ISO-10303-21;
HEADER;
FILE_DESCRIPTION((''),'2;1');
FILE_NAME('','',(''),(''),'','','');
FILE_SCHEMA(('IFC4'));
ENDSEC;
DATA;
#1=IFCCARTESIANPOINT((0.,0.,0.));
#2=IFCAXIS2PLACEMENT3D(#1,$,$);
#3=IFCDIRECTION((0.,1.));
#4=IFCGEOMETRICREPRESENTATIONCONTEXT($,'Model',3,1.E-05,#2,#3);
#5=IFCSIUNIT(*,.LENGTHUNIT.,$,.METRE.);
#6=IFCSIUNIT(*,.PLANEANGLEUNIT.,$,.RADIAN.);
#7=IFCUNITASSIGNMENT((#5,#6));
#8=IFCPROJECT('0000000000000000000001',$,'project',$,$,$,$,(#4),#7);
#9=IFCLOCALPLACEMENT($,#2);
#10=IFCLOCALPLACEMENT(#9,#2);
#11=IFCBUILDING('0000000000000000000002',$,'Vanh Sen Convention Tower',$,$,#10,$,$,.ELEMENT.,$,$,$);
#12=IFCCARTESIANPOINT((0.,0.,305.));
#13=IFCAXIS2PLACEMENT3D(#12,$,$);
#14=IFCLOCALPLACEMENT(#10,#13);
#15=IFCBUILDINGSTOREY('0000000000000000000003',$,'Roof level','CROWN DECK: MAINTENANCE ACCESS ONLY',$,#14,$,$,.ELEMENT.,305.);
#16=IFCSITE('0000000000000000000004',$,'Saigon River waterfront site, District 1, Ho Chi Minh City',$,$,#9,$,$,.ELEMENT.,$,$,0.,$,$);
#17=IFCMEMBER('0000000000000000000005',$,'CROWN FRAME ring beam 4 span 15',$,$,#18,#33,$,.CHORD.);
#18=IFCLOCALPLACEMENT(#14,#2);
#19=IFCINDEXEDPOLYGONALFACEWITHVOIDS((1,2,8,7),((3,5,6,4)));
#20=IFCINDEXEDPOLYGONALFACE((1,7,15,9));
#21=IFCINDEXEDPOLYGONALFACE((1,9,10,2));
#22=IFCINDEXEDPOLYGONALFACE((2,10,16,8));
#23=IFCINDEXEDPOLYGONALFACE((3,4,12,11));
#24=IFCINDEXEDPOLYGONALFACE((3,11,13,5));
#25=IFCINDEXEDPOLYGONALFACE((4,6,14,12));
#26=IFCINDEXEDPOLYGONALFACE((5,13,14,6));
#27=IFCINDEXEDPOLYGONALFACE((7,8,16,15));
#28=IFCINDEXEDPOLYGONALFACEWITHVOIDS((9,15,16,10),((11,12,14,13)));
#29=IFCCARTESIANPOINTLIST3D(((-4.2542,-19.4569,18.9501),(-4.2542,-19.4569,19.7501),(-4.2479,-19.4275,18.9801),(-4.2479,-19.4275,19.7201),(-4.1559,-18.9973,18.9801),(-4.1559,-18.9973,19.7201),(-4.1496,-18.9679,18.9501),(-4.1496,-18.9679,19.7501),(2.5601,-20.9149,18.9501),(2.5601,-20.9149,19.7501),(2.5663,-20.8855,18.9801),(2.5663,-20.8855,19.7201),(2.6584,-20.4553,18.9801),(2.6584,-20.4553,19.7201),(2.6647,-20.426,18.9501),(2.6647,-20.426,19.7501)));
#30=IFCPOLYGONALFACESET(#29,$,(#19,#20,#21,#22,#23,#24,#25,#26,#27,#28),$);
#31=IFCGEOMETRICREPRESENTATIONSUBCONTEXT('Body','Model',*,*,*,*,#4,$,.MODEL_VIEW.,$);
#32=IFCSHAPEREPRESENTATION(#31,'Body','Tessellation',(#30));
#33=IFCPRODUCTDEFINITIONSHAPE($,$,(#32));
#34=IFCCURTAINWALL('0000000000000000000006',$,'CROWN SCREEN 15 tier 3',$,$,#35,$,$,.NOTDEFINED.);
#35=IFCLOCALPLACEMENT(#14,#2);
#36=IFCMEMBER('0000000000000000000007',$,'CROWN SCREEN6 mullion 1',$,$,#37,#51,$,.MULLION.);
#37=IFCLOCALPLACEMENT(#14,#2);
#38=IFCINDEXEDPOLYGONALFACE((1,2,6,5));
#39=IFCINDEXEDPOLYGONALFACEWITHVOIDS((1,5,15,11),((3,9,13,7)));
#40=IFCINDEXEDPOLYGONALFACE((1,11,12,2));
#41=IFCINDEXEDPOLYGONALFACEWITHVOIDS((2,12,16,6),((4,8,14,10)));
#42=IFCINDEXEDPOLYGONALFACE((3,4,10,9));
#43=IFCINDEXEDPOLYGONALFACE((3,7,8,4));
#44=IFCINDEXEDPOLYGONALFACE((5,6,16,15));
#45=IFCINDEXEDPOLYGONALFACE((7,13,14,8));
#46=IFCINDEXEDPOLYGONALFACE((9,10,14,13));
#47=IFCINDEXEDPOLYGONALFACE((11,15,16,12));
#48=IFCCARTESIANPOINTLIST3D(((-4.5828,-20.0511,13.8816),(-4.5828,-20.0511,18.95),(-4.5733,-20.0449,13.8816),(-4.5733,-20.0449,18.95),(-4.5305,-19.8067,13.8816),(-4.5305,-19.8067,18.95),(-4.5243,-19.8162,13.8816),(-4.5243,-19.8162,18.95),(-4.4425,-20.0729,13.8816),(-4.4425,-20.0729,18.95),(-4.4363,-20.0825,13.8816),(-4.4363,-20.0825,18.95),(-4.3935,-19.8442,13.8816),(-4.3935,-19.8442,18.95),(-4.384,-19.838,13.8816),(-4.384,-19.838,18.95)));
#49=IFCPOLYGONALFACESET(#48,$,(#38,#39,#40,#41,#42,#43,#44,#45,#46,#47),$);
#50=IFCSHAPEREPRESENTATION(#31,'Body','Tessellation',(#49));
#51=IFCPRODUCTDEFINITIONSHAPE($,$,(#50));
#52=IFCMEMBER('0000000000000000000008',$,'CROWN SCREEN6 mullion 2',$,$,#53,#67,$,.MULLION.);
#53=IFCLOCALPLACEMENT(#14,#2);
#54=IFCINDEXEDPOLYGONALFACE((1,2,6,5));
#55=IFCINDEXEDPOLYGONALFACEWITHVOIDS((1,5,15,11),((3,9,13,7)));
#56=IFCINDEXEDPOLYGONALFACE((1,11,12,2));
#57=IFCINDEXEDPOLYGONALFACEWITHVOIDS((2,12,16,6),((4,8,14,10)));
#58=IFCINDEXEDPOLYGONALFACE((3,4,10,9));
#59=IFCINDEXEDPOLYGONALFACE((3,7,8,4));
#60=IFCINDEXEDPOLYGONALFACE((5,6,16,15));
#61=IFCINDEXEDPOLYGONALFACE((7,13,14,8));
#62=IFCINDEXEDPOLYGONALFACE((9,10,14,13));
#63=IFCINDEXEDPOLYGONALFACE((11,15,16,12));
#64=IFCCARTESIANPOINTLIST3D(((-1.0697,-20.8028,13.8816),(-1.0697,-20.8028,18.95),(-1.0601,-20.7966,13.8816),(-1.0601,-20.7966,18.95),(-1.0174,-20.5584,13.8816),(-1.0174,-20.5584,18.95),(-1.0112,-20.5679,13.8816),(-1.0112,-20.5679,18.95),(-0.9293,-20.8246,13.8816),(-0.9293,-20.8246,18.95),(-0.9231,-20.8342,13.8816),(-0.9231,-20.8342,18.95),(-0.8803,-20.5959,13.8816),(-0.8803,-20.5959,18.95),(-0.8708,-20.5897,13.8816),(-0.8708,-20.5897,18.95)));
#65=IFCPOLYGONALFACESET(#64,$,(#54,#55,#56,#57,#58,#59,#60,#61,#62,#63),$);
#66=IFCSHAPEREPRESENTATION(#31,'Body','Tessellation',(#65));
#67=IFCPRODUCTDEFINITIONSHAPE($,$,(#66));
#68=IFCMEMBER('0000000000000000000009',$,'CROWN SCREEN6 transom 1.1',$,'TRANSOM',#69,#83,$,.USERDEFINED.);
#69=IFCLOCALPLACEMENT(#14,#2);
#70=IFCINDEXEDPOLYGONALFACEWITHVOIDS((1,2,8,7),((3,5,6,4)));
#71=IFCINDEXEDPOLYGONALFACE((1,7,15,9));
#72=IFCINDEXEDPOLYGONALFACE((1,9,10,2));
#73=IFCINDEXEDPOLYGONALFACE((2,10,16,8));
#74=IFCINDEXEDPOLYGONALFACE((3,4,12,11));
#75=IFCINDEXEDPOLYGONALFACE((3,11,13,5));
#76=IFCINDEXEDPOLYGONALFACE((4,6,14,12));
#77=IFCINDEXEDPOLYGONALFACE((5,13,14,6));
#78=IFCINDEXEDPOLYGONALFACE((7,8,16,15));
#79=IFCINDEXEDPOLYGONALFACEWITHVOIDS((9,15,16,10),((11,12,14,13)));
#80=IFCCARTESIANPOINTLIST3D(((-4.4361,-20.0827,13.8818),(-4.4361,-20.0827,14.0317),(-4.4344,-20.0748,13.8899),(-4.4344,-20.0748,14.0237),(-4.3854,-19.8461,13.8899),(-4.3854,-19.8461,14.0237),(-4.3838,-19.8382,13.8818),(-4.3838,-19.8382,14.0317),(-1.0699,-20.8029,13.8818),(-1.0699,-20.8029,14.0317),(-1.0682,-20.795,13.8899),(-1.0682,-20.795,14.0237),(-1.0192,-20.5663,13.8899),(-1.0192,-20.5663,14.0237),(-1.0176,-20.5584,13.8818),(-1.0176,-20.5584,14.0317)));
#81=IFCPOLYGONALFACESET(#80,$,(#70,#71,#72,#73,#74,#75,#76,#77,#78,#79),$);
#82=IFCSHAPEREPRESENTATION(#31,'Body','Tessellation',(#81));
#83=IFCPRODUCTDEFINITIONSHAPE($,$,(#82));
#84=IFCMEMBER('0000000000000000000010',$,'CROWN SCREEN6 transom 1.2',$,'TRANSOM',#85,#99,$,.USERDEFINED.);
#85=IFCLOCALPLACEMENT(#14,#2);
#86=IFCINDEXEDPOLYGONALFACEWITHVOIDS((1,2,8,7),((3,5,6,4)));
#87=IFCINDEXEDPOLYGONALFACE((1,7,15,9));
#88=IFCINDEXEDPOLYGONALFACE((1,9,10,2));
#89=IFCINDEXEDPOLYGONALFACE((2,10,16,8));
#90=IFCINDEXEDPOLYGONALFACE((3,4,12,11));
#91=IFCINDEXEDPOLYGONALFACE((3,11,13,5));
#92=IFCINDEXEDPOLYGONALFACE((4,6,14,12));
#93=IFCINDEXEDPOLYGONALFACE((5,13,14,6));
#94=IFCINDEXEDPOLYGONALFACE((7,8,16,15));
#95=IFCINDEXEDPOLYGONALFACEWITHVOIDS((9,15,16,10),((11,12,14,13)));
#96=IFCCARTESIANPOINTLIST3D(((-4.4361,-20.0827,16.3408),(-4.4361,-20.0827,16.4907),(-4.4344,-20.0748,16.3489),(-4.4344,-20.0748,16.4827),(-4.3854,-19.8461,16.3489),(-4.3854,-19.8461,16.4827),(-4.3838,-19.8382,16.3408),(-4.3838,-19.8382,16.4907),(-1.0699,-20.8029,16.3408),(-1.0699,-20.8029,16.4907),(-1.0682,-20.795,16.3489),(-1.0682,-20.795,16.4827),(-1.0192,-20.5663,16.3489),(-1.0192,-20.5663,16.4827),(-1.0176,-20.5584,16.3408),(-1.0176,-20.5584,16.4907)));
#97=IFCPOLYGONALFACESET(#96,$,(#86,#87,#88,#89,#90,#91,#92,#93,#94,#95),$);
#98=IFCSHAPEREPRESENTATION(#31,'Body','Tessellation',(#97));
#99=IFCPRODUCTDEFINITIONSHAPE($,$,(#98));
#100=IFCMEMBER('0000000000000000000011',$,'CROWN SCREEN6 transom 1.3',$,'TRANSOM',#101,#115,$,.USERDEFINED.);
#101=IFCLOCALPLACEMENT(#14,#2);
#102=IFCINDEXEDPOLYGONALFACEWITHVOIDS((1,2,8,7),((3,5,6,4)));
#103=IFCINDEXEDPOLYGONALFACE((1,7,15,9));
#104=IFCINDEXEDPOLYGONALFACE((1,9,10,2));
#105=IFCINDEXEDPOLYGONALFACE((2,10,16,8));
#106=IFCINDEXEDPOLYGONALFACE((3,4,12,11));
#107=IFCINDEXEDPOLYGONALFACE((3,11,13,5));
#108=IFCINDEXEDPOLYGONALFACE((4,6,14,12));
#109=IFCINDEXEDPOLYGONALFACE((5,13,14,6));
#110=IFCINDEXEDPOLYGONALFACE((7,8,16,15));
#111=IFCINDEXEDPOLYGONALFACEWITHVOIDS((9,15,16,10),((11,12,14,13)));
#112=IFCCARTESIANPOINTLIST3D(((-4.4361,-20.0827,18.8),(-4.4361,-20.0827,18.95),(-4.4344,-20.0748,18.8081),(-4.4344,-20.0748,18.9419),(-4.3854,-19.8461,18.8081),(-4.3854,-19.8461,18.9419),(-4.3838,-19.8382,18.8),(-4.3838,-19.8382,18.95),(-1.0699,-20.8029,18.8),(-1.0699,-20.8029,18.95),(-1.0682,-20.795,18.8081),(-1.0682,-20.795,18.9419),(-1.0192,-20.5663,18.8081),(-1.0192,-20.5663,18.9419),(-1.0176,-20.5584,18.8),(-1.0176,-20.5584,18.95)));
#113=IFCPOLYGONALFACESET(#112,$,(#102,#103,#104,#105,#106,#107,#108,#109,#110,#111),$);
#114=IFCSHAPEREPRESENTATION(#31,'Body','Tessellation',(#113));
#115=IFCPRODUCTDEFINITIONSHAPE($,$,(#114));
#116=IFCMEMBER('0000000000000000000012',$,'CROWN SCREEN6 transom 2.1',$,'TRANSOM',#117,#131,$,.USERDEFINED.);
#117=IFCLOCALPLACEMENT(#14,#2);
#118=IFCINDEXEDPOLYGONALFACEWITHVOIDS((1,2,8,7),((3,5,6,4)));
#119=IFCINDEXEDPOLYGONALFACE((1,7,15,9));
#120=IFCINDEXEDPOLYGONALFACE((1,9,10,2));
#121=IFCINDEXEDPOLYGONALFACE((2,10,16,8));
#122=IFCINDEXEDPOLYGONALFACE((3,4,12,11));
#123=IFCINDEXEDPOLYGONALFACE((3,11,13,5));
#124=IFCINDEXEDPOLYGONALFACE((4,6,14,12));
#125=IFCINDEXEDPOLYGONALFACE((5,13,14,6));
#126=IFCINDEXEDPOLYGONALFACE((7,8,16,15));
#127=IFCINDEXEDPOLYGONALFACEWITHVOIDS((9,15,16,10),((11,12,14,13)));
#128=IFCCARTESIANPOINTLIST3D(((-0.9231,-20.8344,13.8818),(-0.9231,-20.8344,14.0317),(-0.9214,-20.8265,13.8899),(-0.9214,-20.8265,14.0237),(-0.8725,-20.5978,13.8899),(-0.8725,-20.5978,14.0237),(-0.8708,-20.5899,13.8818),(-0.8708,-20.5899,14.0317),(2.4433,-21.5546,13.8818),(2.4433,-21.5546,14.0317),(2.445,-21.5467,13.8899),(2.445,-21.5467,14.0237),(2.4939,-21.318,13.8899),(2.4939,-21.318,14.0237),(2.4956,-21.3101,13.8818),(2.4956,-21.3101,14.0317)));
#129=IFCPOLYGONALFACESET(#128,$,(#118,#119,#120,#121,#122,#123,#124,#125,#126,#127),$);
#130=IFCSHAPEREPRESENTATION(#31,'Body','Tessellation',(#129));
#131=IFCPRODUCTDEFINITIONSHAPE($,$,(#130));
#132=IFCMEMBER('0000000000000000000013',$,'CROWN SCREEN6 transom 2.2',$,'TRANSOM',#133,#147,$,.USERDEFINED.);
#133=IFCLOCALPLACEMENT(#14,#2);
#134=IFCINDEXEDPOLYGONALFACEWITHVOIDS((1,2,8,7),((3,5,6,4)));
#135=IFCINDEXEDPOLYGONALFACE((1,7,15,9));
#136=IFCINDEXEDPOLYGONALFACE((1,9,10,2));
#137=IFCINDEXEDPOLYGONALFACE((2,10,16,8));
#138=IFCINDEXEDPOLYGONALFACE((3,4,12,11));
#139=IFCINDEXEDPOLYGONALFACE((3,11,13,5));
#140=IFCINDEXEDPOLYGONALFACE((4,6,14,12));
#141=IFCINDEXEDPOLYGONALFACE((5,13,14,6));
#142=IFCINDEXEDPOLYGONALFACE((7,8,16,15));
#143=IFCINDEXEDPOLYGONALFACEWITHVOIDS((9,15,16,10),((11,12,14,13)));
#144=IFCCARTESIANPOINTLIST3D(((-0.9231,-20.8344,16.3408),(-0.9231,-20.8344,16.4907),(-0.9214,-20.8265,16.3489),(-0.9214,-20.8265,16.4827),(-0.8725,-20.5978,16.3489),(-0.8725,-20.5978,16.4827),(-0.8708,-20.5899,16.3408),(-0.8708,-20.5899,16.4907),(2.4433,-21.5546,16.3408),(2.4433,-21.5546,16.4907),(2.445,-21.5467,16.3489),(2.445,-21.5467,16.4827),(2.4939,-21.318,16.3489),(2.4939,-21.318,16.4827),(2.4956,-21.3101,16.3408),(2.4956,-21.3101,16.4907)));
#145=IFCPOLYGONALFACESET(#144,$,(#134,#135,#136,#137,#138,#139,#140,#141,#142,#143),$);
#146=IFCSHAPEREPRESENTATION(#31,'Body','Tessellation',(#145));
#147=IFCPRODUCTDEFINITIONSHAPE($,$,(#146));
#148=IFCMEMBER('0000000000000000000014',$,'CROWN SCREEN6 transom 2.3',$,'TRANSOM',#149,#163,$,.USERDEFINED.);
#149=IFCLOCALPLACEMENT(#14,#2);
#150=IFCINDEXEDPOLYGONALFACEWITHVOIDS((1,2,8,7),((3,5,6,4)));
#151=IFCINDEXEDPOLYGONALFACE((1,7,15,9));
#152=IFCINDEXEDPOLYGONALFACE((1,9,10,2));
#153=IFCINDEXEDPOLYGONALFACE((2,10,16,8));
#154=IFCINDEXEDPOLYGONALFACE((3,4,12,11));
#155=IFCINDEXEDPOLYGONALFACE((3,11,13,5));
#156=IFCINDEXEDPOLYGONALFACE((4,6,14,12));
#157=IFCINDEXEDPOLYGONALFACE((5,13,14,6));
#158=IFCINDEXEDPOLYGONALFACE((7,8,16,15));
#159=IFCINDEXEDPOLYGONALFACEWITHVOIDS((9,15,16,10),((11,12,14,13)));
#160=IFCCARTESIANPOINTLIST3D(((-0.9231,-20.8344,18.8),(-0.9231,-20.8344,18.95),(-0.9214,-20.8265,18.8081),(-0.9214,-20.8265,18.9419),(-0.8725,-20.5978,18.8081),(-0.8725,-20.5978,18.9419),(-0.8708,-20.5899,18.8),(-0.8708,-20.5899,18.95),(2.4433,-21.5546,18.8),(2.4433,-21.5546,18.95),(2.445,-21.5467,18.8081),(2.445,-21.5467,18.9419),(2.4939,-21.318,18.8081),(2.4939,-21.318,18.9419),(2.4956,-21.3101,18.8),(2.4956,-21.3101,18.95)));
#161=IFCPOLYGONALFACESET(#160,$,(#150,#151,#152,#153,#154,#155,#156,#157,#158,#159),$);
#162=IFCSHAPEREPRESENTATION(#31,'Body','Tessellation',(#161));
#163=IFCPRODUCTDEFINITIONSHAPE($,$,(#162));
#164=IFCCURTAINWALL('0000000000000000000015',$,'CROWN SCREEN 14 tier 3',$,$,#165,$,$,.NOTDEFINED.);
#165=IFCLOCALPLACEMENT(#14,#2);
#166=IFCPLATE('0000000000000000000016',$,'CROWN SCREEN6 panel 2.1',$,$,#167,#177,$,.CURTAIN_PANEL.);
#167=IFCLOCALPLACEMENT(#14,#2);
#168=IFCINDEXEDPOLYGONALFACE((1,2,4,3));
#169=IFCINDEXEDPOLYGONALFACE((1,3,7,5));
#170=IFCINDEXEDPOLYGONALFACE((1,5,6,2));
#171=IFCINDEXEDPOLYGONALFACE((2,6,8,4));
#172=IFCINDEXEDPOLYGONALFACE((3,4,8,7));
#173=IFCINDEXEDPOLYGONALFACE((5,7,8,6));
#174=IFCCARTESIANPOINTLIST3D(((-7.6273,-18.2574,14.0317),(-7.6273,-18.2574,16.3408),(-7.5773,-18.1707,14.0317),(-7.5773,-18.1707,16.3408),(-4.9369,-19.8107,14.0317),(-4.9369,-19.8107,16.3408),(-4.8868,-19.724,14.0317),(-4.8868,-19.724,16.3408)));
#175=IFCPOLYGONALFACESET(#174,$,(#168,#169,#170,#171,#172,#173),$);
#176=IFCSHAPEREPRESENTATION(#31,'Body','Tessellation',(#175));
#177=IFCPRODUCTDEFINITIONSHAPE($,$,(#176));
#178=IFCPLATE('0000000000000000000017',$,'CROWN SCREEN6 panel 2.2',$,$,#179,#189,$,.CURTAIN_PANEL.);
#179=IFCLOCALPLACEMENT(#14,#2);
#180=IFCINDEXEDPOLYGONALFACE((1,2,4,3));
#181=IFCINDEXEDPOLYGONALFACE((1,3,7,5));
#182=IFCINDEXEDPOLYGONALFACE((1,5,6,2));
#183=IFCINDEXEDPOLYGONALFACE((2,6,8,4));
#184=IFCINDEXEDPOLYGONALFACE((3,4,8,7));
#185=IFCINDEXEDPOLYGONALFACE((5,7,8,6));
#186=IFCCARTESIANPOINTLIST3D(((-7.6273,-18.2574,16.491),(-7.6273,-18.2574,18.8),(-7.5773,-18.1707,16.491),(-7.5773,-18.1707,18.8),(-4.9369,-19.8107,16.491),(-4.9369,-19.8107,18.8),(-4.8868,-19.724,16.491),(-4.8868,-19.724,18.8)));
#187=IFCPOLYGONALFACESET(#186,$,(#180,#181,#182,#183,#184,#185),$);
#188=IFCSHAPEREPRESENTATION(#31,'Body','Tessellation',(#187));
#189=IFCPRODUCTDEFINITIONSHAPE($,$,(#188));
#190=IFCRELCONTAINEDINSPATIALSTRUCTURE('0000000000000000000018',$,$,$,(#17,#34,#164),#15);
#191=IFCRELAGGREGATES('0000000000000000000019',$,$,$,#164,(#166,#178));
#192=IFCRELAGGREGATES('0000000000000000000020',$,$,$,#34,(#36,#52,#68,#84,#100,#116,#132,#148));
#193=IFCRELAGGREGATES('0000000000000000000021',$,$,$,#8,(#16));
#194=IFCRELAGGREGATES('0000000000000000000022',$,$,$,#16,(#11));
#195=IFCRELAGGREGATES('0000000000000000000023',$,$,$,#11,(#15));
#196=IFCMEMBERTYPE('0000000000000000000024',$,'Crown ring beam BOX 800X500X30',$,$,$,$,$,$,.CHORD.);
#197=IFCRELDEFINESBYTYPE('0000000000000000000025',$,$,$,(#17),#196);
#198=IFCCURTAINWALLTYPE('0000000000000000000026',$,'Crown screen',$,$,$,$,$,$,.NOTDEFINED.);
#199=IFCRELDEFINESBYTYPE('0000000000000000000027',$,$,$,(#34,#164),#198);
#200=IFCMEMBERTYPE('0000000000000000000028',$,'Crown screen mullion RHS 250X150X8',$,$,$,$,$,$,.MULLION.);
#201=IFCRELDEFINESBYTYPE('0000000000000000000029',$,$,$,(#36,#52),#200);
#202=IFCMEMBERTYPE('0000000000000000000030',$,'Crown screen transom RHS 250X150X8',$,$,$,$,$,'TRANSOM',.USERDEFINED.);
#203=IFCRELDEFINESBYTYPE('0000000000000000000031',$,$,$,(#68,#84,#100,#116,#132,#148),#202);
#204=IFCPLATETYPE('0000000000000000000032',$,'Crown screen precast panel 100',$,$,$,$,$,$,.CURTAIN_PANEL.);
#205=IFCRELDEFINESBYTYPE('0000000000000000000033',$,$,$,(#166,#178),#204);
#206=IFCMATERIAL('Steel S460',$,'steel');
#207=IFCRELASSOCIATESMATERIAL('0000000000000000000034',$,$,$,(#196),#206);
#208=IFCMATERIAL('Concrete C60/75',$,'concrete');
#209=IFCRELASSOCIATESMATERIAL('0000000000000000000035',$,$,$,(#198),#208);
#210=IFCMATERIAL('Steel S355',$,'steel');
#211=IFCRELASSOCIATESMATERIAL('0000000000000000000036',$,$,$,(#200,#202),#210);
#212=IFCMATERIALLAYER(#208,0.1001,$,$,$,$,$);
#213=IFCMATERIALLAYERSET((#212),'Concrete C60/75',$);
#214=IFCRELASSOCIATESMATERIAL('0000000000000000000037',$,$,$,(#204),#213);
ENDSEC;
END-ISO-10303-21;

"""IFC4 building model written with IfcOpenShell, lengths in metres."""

from ifc_helpers import new_model, si_unit, direction, frame, origin, origin_2d, place, context, subcontext, project, spatial, rectangle, hollow_rectangle, extrude, material, layer, layer_set, material_profile, profile_set, type_object, element, aggregate, save


model = new_model("IFC4")

# Units and contexts
model_context = context("Model", 3, precision=1e-05, world=origin(), true_north=direction((0.0, 1.0)))
body_context = subcontext(model_context, "Body", "Model", "MODEL_VIEW")
ifc_project = project(units=[si_unit("LENGTHUNIT", "METRE"), si_unit("PLANEANGLEUNIT", "RADIAN")], contexts=[model_context])

# Site, building, storey
site_placement = place(None, origin())
site = spatial("IfcSite", under=ifc_project, at=site_placement, Name="Saigon River waterfront site, District 1, Ho Chi Minh City", CompositionType="ELEMENT", RefElevation=0.0)
building_placement = place(site_placement, origin())
building = spatial("IfcBuilding", under=site, at=building_placement, Name="Vanh Sen Convention Tower", CompositionType="ELEMENT")
storey_placement = place(building_placement, frame((0.0, 0.0, 305.0)))
storey = spatial("IfcBuildingStorey", under=building, at=storey_placement, Name="Roof level", Description="CROWN DECK: MAINTENANCE ACCESS ONLY", CompositionType="ELEMENT", Elevation=305.0)

# Member
ifc_material_1 = material(Name="Steel S460", Category="steel")
ifc_material_profile_1 = material_profile(ifc_material_1, hollow_rectangle(XDim=0.5, YDim=0.8, WallThickness=0.03, at=origin_2d()), Name="BOX 800X500X30")
ifc_profile_set_1 = profile_set([ifc_material_profile_1], Name="Steel S460")
member_type_1 = type_object("IfcMemberType", Name="Crown ring beam BOX 800X500X30", PredefinedType="CHORD", material=ifc_profile_set_1)
member_1_placement = place(storey_placement, frame((-4.2019, -19.2124, 19.3501), z_axis=(0.977866, -0.20923, 0.0), x_axis=(0.20923, 0.977866, 0.0)))
element("IfcMember", 1, at=member_1_placement, inside=storey, type_object=member_type_1, Name="CROWN FRAME ring beam 4 span 15", PredefinedType="CHORD", context=body_context, shape_type="SweptSolid", body=[
    extrude(hollow_rectangle(XDim=0.5, YDim=0.8, WallThickness=0.03, at=origin_2d()), origin(), (0.0, 0.0, 1.0), 6.9685),
])

# Curtain wall, members
ifc_material_2 = material(Name="Concrete C60/75", Category="concrete")
curtain_wall_type = type_object("IfcCurtainWallType", Name="Crown screen", PredefinedType="NOTDEFINED", material=ifc_material_2)
curtain_wall_1_placement = place(storey_placement, origin())
curtain_wall_1 = element("IfcCurtainWall", 2, at=curtain_wall_1_placement, inside=storey, type_object=curtain_wall_type, Name="CROWN SCREEN 15 tier 3", PredefinedType="NOTDEFINED")
ifc_material_3 = material(Name="Steel S355", Category="steel")
ifc_material_profile_2 = material_profile(ifc_material_3, hollow_rectangle(XDim=0.25, YDim=0.1499, WallThickness=0.0081, at=origin_2d()), Name="RHS 250X150X8")
ifc_profile_set_2 = profile_set([ifc_material_profile_2], Name="Steel S355")
member_type_2 = type_object("IfcMemberType", Name="Crown screen mullion RHS 250X150X8", PredefinedType="MULLION", material=ifc_profile_set_2)
member_2_placement = place(storey_placement, frame((-4.4834, -19.9446, 13.8816), z_axis=(0.0, 0.0, 1.0), x_axis=(0.209236, 0.977865, 0.0)))
member_2 = element("IfcMember", 3, at=member_2_placement, type_object=member_type_2, Name="CROWN SCREEN6 mullion 1", PredefinedType="MULLION", context=body_context, shape_type="SweptSolid", body=[
    extrude(hollow_rectangle(XDim=0.25, YDim=0.1499, WallThickness=0.0081, at=origin_2d()), origin(), (0.0, 0.0, 1.0), 5.0684),
])
member_3_placement = place(storey_placement, frame((-0.9702, -20.6963, 13.8816), z_axis=(0.0, 0.0, 1.0), x_axis=(0.209236, 0.977865, 0.0)))
member_3 = element("IfcMember", 4, at=member_3_placement, type_object=member_type_2, Name="CROWN SCREEN6 mullion 2", PredefinedType="MULLION", context=body_context, shape_type="SweptSolid", body=[
    extrude(hollow_rectangle(XDim=0.25, YDim=0.1499, WallThickness=0.0081, at=origin_2d()), origin(), (0.0, 0.0, 1.0), 5.0684),
])
ifc_material_profile_3 = material_profile(ifc_material_3, hollow_rectangle(XDim=0.25, YDim=0.1499, WallThickness=0.0081, at=origin_2d()), Name="RHS 250X150X8")
ifc_profile_set_3 = profile_set([ifc_material_profile_3], Name="Steel S355")
member_type_3 = type_object("IfcMemberType", Name="Crown screen transom RHS 250X150X8", ElementType="TRANSOM", PredefinedType="USERDEFINED", material=ifc_profile_set_3)
member_4_placement = place(storey_placement, frame((-4.4099, -19.9604, 13.9568), z_axis=(0.977869, -0.209219, 0.0), x_axis=(0.209219, 0.977869, 0.0)))
member_4 = element("IfcMember", 5, at=member_4_placement, type_object=member_type_3, Name="CROWN SCREEN6 transom 1.1", ObjectType="TRANSOM", PredefinedType="USERDEFINED", context=body_context, shape_type="SweptSolid", body=[
    extrude(hollow_rectangle(XDim=0.25, YDim=0.1499, WallThickness=0.0081, at=origin_2d()), origin(), (0.0, 0.0, 1.0), 3.4424),
])
member_5_placement = place(storey_placement, frame((-4.4099, -19.9604, 16.4158), z_axis=(0.977869, -0.209219, 0.0), x_axis=(0.209219, 0.977869, 0.0)))
member_5 = element("IfcMember", 6, at=member_5_placement, type_object=member_type_3, Name="CROWN SCREEN6 transom 1.2", ObjectType="TRANSOM", PredefinedType="USERDEFINED", context=body_context, shape_type="SweptSolid", body=[
    extrude(hollow_rectangle(XDim=0.25, YDim=0.1499, WallThickness=0.0081, at=origin_2d()), origin(), (0.0, 0.0, 1.0), 3.4424),
])
member_6_placement = place(storey_placement, frame((-4.4099, -19.9604, 18.875), z_axis=(0.977869, -0.209219, 0.0), x_axis=(0.209219, 0.977869, 0.0)))
member_6 = element("IfcMember", 7, at=member_6_placement, type_object=member_type_3, Name="CROWN SCREEN6 transom 1.3", ObjectType="TRANSOM", PredefinedType="USERDEFINED", context=body_context, shape_type="SweptSolid", body=[
    extrude(hollow_rectangle(XDim=0.25, YDim=0.1499, WallThickness=0.0081, at=origin_2d()), origin(), (0.0, 0.0, 1.0), 3.4424),
])
member_7_placement = place(storey_placement, frame((-0.897, -20.7122, 13.9568), z_axis=(0.977872, -0.209205, 0.0), x_axis=(0.209205, 0.977872, 0.0)))
member_7 = element("IfcMember", 8, at=member_7_placement, type_object=member_type_3, Name="CROWN SCREEN6 transom 2.1", ObjectType="TRANSOM", PredefinedType="USERDEFINED", context=body_context, shape_type="SweptSolid", body=[
    extrude(hollow_rectangle(XDim=0.25, YDim=0.1499, WallThickness=0.0081, at=origin_2d()), origin(), (0.0, 0.0, 1.0), 3.4426),
])
member_8_placement = place(storey_placement, frame((-0.897, -20.7122, 16.4158), z_axis=(0.977872, -0.209205, 0.0), x_axis=(0.209205, 0.977872, 0.0)))
member_8 = element("IfcMember", 9, at=member_8_placement, type_object=member_type_3, Name="CROWN SCREEN6 transom 2.2", ObjectType="TRANSOM", PredefinedType="USERDEFINED", context=body_context, shape_type="SweptSolid", body=[
    extrude(hollow_rectangle(XDim=0.25, YDim=0.1499, WallThickness=0.0081, at=origin_2d()), origin(), (0.0, 0.0, 1.0), 3.4426),
])
member_9_placement = place(storey_placement, frame((-0.897, -20.7122, 18.875), z_axis=(0.977872, -0.209205, 0.0), x_axis=(0.209205, 0.977872, 0.0)))
member_9 = element("IfcMember", 10, at=member_9_placement, type_object=member_type_3, Name="CROWN SCREEN6 transom 2.3", ObjectType="TRANSOM", PredefinedType="USERDEFINED", context=body_context, shape_type="SweptSolid", body=[
    extrude(hollow_rectangle(XDim=0.25, YDim=0.1499, WallThickness=0.0081, at=origin_2d()), origin(), (0.0, 0.0, 1.0), 3.4426),
])

# Curtain wall, plates
curtain_wall_2_placement = place(storey_placement, origin())
curtain_wall_2 = element("IfcCurtainWall", 11, at=curtain_wall_2_placement, inside=storey, type_object=curtain_wall_type, Name="CROWN SCREEN 14 tier 3", PredefinedType="NOTDEFINED")
ifc_layer_1 = layer(ifc_material_2, 0.1001)
ifc_layer_set_1 = layer_set([ifc_layer_1], Name="Concrete C60/75")
plate_type = type_object("IfcPlateType", Name="Crown screen precast panel 100", PredefinedType="CURTAIN_PANEL", material=ifc_layer_set_1)
plate_1_placement = place(storey_placement, frame((-6.2571, -18.9907, 14.0317), z_axis=(0.0, 0.0, 1.0), x_axis=(0.866029, -0.499994, 0.0)))
plate_1 = element("IfcPlate", 12, at=plate_1_placement, type_object=plate_type, Name="CROWN SCREEN6 panel 2.1", PredefinedType="CURTAIN_PANEL", context=body_context, shape_type="SweptSolid", body=[
    extrude(rectangle(XDim=3.1067, YDim=0.1001, at=origin_2d()), origin(), (0.0, 0.0, 1.0), 2.3091),
])
plate_2_placement = place(storey_placement, frame((-6.2571, -18.9907, 16.491), z_axis=(0.0, 0.0, 1.0), x_axis=(0.866029, -0.499994, 0.0)))
plate_2 = element("IfcPlate", 13, at=plate_2_placement, type_object=plate_type, Name="CROWN SCREEN6 panel 2.2", PredefinedType="CURTAIN_PANEL", context=body_context, shape_type="SweptSolid", body=[
    extrude(rectangle(XDim=3.1067, YDim=0.1001, at=origin_2d()), origin(), (0.0, 0.0, 1.0), 2.3091),
])
aggregate(curtain_wall_2, [plate_1, plate_2])

aggregate(curtain_wall_1, [member_2, member_3, member_4, member_5, member_6, member_7, member_8, member_9])

save(model, "model.ifc")
